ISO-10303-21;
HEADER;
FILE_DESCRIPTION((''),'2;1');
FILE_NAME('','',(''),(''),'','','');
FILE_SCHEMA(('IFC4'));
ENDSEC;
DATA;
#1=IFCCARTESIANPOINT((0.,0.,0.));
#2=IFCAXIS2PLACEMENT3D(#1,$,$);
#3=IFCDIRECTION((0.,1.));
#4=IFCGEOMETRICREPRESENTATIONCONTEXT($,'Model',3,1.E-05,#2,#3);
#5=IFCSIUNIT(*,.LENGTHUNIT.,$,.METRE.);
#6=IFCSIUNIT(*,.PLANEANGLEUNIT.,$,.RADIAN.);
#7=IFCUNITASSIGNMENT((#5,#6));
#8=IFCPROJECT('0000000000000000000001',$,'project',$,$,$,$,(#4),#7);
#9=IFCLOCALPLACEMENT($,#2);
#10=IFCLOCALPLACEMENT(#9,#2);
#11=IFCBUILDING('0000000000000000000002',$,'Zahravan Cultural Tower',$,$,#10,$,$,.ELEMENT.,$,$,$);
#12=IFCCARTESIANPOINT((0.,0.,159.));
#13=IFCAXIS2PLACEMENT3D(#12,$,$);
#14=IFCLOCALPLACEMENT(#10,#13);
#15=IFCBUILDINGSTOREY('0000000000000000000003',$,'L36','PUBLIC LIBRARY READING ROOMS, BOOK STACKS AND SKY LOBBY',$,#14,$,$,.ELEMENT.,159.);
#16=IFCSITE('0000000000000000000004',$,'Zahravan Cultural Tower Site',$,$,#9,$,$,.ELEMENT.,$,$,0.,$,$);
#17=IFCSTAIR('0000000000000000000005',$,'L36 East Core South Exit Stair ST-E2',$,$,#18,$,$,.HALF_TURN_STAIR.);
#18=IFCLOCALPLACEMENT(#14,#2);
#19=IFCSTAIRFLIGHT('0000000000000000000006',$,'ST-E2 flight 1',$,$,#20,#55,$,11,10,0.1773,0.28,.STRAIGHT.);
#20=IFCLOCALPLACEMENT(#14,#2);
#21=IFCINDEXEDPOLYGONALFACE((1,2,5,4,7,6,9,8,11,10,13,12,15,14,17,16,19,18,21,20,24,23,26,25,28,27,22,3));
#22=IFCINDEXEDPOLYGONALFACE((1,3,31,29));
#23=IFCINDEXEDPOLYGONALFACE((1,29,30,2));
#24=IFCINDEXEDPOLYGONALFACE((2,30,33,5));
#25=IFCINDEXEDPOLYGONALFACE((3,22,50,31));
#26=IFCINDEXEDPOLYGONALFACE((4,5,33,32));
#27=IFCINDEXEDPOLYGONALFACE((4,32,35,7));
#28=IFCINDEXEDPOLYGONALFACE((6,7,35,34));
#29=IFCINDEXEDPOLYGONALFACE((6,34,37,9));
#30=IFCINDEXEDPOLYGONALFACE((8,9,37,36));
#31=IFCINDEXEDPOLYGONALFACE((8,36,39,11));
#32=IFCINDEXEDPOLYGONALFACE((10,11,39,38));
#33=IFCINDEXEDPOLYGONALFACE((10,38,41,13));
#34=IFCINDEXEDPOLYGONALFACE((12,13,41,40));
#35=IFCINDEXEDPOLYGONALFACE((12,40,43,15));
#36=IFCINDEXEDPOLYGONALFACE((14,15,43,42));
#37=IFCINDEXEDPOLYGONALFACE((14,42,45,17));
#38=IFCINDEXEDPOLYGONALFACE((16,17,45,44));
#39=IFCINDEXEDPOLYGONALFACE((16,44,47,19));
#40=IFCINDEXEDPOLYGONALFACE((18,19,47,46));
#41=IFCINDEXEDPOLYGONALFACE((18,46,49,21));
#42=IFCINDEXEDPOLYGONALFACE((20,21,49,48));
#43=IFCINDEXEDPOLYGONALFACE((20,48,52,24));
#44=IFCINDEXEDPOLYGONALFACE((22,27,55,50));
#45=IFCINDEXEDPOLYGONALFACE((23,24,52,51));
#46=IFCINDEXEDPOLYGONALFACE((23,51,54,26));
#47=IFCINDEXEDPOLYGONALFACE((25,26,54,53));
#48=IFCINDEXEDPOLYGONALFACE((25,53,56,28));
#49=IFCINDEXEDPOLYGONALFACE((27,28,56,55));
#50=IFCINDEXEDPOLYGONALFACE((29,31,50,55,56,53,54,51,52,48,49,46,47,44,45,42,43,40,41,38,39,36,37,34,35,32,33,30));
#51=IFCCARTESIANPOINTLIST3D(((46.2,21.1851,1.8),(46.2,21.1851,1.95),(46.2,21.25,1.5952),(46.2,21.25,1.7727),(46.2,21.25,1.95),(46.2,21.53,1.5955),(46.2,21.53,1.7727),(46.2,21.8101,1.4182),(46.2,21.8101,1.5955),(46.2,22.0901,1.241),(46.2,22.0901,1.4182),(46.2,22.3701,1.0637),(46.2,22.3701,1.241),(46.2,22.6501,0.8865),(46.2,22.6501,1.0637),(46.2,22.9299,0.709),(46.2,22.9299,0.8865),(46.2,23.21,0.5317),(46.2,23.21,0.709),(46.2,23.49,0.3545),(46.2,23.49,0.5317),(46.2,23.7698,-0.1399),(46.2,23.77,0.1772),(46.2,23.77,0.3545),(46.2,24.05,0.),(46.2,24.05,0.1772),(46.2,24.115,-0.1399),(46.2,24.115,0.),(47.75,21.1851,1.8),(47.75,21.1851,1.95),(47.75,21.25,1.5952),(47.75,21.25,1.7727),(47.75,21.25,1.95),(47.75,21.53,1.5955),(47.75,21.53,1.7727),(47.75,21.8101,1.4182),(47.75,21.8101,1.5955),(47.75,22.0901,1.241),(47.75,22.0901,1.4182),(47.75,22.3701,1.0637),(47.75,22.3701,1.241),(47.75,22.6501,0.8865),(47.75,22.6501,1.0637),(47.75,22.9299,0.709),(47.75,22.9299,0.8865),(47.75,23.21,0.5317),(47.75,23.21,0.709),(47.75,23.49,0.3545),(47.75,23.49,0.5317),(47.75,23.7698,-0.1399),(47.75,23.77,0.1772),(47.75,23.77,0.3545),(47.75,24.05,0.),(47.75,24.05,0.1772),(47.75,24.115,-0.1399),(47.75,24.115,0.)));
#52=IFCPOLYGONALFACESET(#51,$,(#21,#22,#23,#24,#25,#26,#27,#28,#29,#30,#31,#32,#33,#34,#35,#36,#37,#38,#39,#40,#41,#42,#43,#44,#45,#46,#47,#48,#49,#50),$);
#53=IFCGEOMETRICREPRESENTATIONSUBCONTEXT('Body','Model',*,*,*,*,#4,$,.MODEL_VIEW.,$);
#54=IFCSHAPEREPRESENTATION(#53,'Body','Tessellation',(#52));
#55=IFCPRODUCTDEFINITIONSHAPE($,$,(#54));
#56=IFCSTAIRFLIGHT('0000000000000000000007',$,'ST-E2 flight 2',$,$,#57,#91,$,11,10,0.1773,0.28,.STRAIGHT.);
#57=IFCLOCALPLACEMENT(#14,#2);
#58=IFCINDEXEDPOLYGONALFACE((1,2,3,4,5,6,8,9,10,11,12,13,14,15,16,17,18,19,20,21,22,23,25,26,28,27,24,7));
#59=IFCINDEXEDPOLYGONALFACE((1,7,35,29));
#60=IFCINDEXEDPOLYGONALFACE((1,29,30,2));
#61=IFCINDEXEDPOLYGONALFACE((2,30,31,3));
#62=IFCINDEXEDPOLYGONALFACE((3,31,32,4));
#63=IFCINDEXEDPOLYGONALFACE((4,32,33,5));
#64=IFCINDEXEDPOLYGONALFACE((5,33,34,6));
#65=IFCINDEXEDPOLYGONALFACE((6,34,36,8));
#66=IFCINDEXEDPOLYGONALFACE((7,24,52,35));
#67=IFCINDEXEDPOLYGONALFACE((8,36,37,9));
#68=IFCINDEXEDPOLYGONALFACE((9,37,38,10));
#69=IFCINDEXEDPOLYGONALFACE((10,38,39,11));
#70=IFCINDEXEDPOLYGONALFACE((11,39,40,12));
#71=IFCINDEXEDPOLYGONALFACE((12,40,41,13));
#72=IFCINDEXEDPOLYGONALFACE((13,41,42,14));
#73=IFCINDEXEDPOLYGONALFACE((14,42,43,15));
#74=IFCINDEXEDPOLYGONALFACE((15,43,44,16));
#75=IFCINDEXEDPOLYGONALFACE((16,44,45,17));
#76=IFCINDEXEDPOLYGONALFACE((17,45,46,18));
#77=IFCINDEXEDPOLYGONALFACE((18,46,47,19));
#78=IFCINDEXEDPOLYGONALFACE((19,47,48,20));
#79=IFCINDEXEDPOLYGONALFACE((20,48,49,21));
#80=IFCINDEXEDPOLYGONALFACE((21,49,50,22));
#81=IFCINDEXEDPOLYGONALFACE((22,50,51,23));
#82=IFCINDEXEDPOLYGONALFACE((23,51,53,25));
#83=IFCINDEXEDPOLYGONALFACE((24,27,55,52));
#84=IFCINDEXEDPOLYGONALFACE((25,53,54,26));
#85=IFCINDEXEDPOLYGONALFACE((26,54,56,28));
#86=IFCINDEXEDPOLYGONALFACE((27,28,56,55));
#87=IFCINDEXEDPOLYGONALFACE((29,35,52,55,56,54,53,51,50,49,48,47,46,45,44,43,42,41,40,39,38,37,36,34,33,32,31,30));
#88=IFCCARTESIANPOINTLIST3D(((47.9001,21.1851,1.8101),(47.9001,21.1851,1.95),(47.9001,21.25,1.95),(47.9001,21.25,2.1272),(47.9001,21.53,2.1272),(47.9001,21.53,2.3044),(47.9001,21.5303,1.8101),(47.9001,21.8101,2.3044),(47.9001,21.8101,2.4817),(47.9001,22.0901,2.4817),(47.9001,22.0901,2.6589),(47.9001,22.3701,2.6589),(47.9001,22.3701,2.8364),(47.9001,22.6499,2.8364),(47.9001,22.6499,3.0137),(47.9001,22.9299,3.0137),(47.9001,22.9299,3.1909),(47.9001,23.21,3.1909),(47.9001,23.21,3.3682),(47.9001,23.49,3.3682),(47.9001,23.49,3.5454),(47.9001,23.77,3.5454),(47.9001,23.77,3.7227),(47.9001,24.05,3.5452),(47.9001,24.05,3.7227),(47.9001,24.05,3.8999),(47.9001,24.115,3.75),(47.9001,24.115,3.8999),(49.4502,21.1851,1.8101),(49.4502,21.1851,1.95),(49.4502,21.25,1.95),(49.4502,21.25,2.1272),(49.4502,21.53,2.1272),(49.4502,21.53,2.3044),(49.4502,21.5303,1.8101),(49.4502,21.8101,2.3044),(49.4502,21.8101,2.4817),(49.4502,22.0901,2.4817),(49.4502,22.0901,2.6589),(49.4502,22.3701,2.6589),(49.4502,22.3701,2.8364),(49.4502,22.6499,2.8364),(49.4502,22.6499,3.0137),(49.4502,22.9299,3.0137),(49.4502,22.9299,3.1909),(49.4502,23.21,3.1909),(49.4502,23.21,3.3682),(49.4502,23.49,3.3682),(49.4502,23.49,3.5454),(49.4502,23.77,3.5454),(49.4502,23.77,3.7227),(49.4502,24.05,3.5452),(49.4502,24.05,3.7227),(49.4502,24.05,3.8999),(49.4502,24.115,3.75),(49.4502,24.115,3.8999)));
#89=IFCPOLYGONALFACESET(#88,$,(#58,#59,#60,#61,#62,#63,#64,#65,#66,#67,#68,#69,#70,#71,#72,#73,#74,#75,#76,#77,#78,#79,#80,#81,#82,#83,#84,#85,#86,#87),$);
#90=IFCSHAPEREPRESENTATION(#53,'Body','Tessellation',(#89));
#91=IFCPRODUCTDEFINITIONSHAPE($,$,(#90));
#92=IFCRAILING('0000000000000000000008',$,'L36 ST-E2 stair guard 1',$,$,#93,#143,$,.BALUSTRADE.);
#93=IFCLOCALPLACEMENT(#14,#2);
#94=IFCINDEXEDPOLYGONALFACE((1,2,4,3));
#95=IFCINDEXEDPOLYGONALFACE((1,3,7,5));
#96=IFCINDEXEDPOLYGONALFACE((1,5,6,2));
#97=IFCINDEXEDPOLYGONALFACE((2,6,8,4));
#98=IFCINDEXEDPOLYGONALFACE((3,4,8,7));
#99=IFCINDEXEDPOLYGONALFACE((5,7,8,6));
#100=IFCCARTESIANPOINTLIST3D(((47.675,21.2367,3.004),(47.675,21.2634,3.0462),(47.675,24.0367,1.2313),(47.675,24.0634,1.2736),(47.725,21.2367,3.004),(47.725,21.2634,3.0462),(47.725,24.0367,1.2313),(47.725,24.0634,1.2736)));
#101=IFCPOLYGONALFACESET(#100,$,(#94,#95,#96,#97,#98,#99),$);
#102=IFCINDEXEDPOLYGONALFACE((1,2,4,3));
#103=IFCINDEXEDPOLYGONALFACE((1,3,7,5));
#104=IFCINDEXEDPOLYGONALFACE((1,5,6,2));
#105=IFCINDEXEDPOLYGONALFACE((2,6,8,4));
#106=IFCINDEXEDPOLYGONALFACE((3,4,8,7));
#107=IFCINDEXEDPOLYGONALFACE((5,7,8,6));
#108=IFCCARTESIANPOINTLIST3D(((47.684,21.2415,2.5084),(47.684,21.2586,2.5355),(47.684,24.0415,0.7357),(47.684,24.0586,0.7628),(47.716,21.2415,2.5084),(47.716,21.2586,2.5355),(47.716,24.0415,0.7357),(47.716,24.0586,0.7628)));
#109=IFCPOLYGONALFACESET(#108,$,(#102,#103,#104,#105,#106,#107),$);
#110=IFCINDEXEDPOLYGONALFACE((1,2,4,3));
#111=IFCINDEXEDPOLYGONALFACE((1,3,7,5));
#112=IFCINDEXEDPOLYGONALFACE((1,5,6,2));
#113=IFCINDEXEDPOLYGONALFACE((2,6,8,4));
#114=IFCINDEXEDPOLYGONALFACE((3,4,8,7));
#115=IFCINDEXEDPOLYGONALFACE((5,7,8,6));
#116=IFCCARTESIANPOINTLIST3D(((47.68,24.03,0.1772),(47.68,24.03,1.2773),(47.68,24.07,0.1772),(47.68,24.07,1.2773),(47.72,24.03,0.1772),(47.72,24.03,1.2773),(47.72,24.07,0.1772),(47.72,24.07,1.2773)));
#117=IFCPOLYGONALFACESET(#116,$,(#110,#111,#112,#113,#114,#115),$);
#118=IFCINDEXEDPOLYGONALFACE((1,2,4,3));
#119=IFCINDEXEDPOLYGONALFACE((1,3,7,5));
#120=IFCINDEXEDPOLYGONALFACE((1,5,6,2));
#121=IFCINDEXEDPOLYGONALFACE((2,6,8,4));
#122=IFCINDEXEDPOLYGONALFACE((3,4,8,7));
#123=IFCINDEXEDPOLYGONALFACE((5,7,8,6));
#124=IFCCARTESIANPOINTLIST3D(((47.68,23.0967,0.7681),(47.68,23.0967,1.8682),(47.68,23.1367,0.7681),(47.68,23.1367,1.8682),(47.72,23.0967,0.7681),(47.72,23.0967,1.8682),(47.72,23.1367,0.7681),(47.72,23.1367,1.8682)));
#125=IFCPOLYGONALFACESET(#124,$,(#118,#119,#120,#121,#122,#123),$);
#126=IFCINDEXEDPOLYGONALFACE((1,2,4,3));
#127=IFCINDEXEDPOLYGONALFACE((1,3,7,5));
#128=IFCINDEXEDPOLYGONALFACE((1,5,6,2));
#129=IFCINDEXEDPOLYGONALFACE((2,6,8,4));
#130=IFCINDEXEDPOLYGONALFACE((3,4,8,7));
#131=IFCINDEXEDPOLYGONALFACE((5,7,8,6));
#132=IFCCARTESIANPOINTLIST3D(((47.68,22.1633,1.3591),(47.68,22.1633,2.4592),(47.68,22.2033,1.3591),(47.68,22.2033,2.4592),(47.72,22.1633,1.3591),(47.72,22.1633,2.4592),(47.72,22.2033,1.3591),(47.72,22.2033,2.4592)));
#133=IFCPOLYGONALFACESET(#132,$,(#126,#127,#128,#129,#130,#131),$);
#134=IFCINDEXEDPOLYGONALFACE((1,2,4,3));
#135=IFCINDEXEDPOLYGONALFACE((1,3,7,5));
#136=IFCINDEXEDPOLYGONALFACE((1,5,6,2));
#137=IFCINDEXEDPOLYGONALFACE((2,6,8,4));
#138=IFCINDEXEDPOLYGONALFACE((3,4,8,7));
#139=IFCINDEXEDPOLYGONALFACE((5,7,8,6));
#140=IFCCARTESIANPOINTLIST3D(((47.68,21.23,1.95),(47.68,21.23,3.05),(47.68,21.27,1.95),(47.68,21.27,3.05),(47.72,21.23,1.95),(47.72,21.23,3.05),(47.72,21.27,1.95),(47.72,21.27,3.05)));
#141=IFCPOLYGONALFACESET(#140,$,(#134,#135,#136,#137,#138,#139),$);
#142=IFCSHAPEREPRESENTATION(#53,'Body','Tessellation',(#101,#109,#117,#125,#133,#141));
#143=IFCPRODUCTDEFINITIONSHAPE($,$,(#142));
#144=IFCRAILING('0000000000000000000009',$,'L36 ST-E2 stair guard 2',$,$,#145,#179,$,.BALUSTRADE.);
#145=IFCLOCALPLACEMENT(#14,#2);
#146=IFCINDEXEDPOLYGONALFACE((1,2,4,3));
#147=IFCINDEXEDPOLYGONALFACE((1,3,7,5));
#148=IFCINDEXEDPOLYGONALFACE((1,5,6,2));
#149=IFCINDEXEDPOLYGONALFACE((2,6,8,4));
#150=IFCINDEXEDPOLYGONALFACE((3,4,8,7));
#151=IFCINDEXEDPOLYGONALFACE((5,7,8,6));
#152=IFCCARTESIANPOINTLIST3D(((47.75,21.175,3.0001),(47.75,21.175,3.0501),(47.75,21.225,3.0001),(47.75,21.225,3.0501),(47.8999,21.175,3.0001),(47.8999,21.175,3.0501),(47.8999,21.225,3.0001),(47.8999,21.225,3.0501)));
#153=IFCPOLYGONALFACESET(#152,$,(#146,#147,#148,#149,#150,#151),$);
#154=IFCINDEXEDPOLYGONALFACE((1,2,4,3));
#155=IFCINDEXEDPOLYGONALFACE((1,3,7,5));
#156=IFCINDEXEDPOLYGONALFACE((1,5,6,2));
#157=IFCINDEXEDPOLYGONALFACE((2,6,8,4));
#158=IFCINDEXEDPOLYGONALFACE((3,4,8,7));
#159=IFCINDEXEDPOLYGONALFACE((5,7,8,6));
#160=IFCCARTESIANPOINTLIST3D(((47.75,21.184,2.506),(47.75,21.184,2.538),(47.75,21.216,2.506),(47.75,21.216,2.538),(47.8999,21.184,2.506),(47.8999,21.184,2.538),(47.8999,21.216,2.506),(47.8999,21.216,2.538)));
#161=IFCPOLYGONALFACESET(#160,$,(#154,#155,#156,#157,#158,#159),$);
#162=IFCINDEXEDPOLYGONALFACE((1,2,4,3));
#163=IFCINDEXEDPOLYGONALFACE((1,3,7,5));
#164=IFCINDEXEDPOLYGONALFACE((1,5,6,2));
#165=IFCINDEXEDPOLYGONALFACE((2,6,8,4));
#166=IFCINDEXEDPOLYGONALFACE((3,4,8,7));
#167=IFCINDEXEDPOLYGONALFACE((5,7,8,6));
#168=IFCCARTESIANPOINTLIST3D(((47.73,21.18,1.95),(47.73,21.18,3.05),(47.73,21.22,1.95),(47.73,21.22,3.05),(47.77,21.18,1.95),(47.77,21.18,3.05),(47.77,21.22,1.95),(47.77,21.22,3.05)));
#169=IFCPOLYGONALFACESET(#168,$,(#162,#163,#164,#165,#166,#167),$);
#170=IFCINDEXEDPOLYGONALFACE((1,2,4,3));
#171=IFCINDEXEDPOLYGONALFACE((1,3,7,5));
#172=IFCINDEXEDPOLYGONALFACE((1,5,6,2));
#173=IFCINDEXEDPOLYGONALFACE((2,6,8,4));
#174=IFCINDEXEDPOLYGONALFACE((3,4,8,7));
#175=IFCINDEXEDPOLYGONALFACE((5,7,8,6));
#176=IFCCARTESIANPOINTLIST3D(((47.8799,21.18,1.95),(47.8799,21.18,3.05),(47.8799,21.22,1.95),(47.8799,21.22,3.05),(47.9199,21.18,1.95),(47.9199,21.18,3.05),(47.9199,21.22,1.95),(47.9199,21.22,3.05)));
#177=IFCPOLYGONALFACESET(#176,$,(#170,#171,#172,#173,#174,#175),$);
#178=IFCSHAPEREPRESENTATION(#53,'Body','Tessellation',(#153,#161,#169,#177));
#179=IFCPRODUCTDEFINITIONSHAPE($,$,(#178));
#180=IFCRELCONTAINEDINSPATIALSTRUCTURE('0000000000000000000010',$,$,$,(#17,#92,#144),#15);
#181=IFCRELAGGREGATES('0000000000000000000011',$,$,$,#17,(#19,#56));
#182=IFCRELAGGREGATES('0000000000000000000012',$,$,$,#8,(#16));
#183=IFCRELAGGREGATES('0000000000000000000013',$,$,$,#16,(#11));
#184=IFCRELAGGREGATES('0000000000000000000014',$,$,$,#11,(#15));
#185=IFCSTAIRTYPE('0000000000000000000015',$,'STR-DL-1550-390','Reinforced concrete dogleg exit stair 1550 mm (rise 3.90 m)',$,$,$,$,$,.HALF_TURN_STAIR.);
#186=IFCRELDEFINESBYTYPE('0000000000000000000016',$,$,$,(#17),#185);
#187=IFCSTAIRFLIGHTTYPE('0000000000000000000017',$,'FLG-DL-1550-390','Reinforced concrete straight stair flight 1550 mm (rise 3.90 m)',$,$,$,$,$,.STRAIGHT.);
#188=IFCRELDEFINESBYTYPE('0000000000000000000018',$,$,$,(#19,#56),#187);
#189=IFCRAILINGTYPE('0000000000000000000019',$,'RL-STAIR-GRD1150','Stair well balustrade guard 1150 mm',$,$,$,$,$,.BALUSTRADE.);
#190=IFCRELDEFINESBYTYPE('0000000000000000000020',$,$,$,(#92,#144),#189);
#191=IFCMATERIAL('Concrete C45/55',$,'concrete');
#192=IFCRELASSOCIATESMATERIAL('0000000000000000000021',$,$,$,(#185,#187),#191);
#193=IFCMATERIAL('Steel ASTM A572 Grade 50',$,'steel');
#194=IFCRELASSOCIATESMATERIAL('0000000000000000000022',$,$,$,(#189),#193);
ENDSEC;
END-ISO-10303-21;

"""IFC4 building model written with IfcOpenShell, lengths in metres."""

from ifc_helpers import new_model, si_unit, direction, frame, origin, origin_2d, place, context, subcontext, project, spatial, polyline, rectangle, outline, extrude, material, type_object, element, aggregate, save


model = new_model("IFC4")

# Units and contexts
model_context = context("Model", 3, precision=1e-05, world=origin(), true_north=direction((0.0, 1.0)))
body_context = subcontext(model_context, "Body", "Model", "MODEL_VIEW")
ifc_project = project(units=[si_unit("LENGTHUNIT", "METRE"), si_unit("PLANEANGLEUNIT", "RADIAN")], contexts=[model_context])

# Site, building, storey
site_placement = place(None, origin())
site = spatial("IfcSite", under=ifc_project, at=site_placement, Name="Zahravan Cultural Tower Site", CompositionType="ELEMENT", RefElevation=0.0)
building_placement = place(site_placement, origin())
building = spatial("IfcBuilding", under=site, at=building_placement, Name="Zahravan Cultural Tower", CompositionType="ELEMENT")
storey_placement = place(building_placement, frame((0.0, 0.0, 159.0)))
storey = spatial("IfcBuildingStorey", under=building, at=storey_placement, Name="L36", Description="PUBLIC LIBRARY READING ROOMS, BOOK STACKS AND SKY LOBBY", CompositionType="ELEMENT", Elevation=159.0)

# Shared definitions
ifc_material_1 = material(Name="Concrete C45/55", Category="concrete")
ifc_material_2 = material(Name="Steel ASTM A572 Grade 50", Category="steel")

# Stair, stair flights
stair_type = type_object("IfcStairType", Name="STR-DL-1550-390", Description="Reinforced concrete dogleg exit stair 1550 mm (rise 3.90 m)", PredefinedType="HALF_TURN_STAIR", material=ifc_material_1)
stair_placement = place(storey_placement, origin())
stair = element("IfcStair", 1, at=stair_placement, inside=storey, type_object=stair_type, Name="L36 East Core South Exit Stair ST-E2", PredefinedType="HALF_TURN_STAIR")
stair_flight_type = type_object("IfcStairFlightType", Name="FLG-DL-1550-390", Description="Reinforced concrete straight stair flight 1550 mm (rise 3.90 m)", PredefinedType="STRAIGHT", material=ifc_material_1)
stair_flight_1_placement = place(storey_placement, frame((46.9751, 24.05, 0.0), z_axis=(0.0, 0.0, 1.0), x_axis=(0.0, -1.0, 0.0)))
stair_flight_1 = element("IfcStairFlight", 2, at=stair_flight_1_placement, type_object=stair_flight_type, Name="ST-E2 flight 1", NumberOfRisers=11, NumberOfTreads=10, PredefinedType="STRAIGHT", RiserHeight=0.1773, TreadLength=0.28, context=body_context, shape_type="SweptSolid", body=[
    extrude(outline(polyline([(-0.0649, -0.1399), (-0.0649, 0.0), (0.0, 0.0), (0.0, 0.1772), (0.28, 0.1772), (0.28, 0.3545), (0.5601, 0.3545), (0.5601, 0.5317), (0.8401, 0.5317), (0.8401, 0.709), (1.1201, 0.709), (1.1201, 0.8865), (1.3999, 0.8865), (1.3999, 1.0637), (1.6799, 1.0637), (1.6799, 1.241), (1.96, 1.241), (1.96, 1.4182), (2.24, 1.4182), (2.24, 1.5955), (2.52, 1.5955), (2.52, 1.7727), (2.8, 1.7727), (2.8, 1.95), (2.865, 1.95), (2.865, 1.8), (2.8, 1.5952), (0.2803, -0.1399), (-0.0649, -0.1399)])), frame((0.0, 0.7749, 0.0), z_axis=(0.0, -1.0, 0.0), x_axis=(1.0, 0.0, 0.0)), (0.0, 0.0, 1.0), 1.55),
])
stair_flight_2_placement = place(storey_placement, frame((48.675, 21.25, 1.95), z_axis=(0.0, 0.0, 1.0), x_axis=(0.0, 1.0, 0.0)))
stair_flight_2 = element("IfcStairFlight", 3, at=stair_flight_2_placement, type_object=stair_flight_type, Name="ST-E2 flight 2", NumberOfRisers=11, NumberOfTreads=10, PredefinedType="STRAIGHT", RiserHeight=0.1773, TreadLength=0.28, context=body_context, shape_type="SweptSolid", body=[
    extrude(outline(polyline([(-0.0649, -0.1399), (-0.0649, 0.0), (0.0, 0.0), (0.0, 0.1772), (0.28, 0.1772), (0.28, 0.3545), (0.5601, 0.3545), (0.5601, 0.5317), (0.8401, 0.5317), (0.8401, 0.709), (1.1201, 0.709), (1.1201, 0.8865), (1.3999, 0.8865), (1.3999, 1.0637), (1.6799, 1.0637), (1.6799, 1.241), (1.96, 1.241), (1.96, 1.4182), (2.24, 1.4182), (2.24, 1.5955), (2.52, 1.5955), (2.52, 1.7727), (2.8, 1.7727), (2.8, 1.95), (2.865, 1.95), (2.865, 1.8), (2.8, 1.5952), (0.2803, -0.1399), (-0.0649, -0.1399)])), frame((0.0, 0.7749, 0.0), z_axis=(0.0, -1.0, 0.0), x_axis=(1.0, 0.0, 0.0)), (0.0, 0.0, 1.0), 1.55),
])
aggregate(stair, [stair_flight_1, stair_flight_2])

# Railings
railing_type_1 = type_object("IfcRailingType", Name="RL-STAIR-GRD1150", Description="Stair well balustrade guard 1150 mm", PredefinedType="BALUSTRADE", material=ifc_material_2)
railing_1_placement = place(storey_placement, frame((47.7, 24.05, 0.1772)))
element("IfcRailing", 4, at=railing_1_placement, inside=storey, type_object=railing_type_1, Name="L36 ST-E2 stair guard 1", PredefinedType="BALUSTRADE", context=body_context, shape_type="SweptSolid", body=[
    extrude(rectangle(XDim=0.05, YDim=0.05, at=origin_2d()), frame((0.0, 0.0, 1.0752), z_axis=(0.0, -0.844909, 0.53491), x_axis=(1.0, 0.0, 0.0)), (0.0, 0.0, 1.0), 3.314),
    extrude(rectangle(XDim=0.032, YDim=0.032, at=origin_2d()), frame((0.0, 0.0, 0.572), z_axis=(0.0, -0.844909, 0.53491), x_axis=(1.0, 0.0, 0.0)), (0.0, 0.0, 1.0), 3.314),
    extrude(rectangle(XDim=0.04, YDim=0.04, at=origin_2d()), origin(), (0.0, 0.0, 1.0), 1.1001),
    extrude(rectangle(XDim=0.04, YDim=0.04, at=origin_2d()), frame((0.0, -0.9333, 0.5908)), (0.0, 0.0, 1.0), 1.1001),
    extrude(rectangle(XDim=0.04, YDim=0.04, at=origin_2d()), frame((0.0, -1.8667, 1.1819)), (0.0, 0.0, 1.0), 1.1001),
    extrude(rectangle(XDim=0.04, YDim=0.04, at=origin_2d()), frame((0.0, -2.8, 1.7727)), (0.0, 0.0, 1.0), 1.1001),
])
railing_2_placement = place(storey_placement, frame((47.75, 21.2, 1.95)))
element("IfcRailing", 5, at=railing_2_placement, inside=storey, type_object=railing_type_1, Name="L36 ST-E2 stair guard 2", PredefinedType="BALUSTRADE", context=body_context, shape_type="SweptSolid", body=[
    extrude(rectangle(XDim=0.05, YDim=0.05, at=origin_2d()), frame((0.0, 0.0, 1.0752), z_axis=(1.0, 0.0, 0.0), x_axis=(0.0, 1.0, 0.0)), (0.0, 0.0, 1.0), 0.1499),
    extrude(rectangle(XDim=0.032, YDim=0.032, at=origin_2d()), frame((0.0, 0.0, 0.572), z_axis=(1.0, 0.0, 0.0), x_axis=(0.0, 1.0, 0.0)), (0.0, 0.0, 1.0), 0.1499),
    extrude(rectangle(XDim=0.04, YDim=0.04, at=origin_2d()), origin(), (0.0, 0.0, 1.0), 1.1001),
    extrude(rectangle(XDim=0.04, YDim=0.04, at=origin_2d()), frame((0.1499, 0.0, 0.0)), (0.0, 0.0, 1.0), 1.1001),
])

save(model, "model.ifc")
